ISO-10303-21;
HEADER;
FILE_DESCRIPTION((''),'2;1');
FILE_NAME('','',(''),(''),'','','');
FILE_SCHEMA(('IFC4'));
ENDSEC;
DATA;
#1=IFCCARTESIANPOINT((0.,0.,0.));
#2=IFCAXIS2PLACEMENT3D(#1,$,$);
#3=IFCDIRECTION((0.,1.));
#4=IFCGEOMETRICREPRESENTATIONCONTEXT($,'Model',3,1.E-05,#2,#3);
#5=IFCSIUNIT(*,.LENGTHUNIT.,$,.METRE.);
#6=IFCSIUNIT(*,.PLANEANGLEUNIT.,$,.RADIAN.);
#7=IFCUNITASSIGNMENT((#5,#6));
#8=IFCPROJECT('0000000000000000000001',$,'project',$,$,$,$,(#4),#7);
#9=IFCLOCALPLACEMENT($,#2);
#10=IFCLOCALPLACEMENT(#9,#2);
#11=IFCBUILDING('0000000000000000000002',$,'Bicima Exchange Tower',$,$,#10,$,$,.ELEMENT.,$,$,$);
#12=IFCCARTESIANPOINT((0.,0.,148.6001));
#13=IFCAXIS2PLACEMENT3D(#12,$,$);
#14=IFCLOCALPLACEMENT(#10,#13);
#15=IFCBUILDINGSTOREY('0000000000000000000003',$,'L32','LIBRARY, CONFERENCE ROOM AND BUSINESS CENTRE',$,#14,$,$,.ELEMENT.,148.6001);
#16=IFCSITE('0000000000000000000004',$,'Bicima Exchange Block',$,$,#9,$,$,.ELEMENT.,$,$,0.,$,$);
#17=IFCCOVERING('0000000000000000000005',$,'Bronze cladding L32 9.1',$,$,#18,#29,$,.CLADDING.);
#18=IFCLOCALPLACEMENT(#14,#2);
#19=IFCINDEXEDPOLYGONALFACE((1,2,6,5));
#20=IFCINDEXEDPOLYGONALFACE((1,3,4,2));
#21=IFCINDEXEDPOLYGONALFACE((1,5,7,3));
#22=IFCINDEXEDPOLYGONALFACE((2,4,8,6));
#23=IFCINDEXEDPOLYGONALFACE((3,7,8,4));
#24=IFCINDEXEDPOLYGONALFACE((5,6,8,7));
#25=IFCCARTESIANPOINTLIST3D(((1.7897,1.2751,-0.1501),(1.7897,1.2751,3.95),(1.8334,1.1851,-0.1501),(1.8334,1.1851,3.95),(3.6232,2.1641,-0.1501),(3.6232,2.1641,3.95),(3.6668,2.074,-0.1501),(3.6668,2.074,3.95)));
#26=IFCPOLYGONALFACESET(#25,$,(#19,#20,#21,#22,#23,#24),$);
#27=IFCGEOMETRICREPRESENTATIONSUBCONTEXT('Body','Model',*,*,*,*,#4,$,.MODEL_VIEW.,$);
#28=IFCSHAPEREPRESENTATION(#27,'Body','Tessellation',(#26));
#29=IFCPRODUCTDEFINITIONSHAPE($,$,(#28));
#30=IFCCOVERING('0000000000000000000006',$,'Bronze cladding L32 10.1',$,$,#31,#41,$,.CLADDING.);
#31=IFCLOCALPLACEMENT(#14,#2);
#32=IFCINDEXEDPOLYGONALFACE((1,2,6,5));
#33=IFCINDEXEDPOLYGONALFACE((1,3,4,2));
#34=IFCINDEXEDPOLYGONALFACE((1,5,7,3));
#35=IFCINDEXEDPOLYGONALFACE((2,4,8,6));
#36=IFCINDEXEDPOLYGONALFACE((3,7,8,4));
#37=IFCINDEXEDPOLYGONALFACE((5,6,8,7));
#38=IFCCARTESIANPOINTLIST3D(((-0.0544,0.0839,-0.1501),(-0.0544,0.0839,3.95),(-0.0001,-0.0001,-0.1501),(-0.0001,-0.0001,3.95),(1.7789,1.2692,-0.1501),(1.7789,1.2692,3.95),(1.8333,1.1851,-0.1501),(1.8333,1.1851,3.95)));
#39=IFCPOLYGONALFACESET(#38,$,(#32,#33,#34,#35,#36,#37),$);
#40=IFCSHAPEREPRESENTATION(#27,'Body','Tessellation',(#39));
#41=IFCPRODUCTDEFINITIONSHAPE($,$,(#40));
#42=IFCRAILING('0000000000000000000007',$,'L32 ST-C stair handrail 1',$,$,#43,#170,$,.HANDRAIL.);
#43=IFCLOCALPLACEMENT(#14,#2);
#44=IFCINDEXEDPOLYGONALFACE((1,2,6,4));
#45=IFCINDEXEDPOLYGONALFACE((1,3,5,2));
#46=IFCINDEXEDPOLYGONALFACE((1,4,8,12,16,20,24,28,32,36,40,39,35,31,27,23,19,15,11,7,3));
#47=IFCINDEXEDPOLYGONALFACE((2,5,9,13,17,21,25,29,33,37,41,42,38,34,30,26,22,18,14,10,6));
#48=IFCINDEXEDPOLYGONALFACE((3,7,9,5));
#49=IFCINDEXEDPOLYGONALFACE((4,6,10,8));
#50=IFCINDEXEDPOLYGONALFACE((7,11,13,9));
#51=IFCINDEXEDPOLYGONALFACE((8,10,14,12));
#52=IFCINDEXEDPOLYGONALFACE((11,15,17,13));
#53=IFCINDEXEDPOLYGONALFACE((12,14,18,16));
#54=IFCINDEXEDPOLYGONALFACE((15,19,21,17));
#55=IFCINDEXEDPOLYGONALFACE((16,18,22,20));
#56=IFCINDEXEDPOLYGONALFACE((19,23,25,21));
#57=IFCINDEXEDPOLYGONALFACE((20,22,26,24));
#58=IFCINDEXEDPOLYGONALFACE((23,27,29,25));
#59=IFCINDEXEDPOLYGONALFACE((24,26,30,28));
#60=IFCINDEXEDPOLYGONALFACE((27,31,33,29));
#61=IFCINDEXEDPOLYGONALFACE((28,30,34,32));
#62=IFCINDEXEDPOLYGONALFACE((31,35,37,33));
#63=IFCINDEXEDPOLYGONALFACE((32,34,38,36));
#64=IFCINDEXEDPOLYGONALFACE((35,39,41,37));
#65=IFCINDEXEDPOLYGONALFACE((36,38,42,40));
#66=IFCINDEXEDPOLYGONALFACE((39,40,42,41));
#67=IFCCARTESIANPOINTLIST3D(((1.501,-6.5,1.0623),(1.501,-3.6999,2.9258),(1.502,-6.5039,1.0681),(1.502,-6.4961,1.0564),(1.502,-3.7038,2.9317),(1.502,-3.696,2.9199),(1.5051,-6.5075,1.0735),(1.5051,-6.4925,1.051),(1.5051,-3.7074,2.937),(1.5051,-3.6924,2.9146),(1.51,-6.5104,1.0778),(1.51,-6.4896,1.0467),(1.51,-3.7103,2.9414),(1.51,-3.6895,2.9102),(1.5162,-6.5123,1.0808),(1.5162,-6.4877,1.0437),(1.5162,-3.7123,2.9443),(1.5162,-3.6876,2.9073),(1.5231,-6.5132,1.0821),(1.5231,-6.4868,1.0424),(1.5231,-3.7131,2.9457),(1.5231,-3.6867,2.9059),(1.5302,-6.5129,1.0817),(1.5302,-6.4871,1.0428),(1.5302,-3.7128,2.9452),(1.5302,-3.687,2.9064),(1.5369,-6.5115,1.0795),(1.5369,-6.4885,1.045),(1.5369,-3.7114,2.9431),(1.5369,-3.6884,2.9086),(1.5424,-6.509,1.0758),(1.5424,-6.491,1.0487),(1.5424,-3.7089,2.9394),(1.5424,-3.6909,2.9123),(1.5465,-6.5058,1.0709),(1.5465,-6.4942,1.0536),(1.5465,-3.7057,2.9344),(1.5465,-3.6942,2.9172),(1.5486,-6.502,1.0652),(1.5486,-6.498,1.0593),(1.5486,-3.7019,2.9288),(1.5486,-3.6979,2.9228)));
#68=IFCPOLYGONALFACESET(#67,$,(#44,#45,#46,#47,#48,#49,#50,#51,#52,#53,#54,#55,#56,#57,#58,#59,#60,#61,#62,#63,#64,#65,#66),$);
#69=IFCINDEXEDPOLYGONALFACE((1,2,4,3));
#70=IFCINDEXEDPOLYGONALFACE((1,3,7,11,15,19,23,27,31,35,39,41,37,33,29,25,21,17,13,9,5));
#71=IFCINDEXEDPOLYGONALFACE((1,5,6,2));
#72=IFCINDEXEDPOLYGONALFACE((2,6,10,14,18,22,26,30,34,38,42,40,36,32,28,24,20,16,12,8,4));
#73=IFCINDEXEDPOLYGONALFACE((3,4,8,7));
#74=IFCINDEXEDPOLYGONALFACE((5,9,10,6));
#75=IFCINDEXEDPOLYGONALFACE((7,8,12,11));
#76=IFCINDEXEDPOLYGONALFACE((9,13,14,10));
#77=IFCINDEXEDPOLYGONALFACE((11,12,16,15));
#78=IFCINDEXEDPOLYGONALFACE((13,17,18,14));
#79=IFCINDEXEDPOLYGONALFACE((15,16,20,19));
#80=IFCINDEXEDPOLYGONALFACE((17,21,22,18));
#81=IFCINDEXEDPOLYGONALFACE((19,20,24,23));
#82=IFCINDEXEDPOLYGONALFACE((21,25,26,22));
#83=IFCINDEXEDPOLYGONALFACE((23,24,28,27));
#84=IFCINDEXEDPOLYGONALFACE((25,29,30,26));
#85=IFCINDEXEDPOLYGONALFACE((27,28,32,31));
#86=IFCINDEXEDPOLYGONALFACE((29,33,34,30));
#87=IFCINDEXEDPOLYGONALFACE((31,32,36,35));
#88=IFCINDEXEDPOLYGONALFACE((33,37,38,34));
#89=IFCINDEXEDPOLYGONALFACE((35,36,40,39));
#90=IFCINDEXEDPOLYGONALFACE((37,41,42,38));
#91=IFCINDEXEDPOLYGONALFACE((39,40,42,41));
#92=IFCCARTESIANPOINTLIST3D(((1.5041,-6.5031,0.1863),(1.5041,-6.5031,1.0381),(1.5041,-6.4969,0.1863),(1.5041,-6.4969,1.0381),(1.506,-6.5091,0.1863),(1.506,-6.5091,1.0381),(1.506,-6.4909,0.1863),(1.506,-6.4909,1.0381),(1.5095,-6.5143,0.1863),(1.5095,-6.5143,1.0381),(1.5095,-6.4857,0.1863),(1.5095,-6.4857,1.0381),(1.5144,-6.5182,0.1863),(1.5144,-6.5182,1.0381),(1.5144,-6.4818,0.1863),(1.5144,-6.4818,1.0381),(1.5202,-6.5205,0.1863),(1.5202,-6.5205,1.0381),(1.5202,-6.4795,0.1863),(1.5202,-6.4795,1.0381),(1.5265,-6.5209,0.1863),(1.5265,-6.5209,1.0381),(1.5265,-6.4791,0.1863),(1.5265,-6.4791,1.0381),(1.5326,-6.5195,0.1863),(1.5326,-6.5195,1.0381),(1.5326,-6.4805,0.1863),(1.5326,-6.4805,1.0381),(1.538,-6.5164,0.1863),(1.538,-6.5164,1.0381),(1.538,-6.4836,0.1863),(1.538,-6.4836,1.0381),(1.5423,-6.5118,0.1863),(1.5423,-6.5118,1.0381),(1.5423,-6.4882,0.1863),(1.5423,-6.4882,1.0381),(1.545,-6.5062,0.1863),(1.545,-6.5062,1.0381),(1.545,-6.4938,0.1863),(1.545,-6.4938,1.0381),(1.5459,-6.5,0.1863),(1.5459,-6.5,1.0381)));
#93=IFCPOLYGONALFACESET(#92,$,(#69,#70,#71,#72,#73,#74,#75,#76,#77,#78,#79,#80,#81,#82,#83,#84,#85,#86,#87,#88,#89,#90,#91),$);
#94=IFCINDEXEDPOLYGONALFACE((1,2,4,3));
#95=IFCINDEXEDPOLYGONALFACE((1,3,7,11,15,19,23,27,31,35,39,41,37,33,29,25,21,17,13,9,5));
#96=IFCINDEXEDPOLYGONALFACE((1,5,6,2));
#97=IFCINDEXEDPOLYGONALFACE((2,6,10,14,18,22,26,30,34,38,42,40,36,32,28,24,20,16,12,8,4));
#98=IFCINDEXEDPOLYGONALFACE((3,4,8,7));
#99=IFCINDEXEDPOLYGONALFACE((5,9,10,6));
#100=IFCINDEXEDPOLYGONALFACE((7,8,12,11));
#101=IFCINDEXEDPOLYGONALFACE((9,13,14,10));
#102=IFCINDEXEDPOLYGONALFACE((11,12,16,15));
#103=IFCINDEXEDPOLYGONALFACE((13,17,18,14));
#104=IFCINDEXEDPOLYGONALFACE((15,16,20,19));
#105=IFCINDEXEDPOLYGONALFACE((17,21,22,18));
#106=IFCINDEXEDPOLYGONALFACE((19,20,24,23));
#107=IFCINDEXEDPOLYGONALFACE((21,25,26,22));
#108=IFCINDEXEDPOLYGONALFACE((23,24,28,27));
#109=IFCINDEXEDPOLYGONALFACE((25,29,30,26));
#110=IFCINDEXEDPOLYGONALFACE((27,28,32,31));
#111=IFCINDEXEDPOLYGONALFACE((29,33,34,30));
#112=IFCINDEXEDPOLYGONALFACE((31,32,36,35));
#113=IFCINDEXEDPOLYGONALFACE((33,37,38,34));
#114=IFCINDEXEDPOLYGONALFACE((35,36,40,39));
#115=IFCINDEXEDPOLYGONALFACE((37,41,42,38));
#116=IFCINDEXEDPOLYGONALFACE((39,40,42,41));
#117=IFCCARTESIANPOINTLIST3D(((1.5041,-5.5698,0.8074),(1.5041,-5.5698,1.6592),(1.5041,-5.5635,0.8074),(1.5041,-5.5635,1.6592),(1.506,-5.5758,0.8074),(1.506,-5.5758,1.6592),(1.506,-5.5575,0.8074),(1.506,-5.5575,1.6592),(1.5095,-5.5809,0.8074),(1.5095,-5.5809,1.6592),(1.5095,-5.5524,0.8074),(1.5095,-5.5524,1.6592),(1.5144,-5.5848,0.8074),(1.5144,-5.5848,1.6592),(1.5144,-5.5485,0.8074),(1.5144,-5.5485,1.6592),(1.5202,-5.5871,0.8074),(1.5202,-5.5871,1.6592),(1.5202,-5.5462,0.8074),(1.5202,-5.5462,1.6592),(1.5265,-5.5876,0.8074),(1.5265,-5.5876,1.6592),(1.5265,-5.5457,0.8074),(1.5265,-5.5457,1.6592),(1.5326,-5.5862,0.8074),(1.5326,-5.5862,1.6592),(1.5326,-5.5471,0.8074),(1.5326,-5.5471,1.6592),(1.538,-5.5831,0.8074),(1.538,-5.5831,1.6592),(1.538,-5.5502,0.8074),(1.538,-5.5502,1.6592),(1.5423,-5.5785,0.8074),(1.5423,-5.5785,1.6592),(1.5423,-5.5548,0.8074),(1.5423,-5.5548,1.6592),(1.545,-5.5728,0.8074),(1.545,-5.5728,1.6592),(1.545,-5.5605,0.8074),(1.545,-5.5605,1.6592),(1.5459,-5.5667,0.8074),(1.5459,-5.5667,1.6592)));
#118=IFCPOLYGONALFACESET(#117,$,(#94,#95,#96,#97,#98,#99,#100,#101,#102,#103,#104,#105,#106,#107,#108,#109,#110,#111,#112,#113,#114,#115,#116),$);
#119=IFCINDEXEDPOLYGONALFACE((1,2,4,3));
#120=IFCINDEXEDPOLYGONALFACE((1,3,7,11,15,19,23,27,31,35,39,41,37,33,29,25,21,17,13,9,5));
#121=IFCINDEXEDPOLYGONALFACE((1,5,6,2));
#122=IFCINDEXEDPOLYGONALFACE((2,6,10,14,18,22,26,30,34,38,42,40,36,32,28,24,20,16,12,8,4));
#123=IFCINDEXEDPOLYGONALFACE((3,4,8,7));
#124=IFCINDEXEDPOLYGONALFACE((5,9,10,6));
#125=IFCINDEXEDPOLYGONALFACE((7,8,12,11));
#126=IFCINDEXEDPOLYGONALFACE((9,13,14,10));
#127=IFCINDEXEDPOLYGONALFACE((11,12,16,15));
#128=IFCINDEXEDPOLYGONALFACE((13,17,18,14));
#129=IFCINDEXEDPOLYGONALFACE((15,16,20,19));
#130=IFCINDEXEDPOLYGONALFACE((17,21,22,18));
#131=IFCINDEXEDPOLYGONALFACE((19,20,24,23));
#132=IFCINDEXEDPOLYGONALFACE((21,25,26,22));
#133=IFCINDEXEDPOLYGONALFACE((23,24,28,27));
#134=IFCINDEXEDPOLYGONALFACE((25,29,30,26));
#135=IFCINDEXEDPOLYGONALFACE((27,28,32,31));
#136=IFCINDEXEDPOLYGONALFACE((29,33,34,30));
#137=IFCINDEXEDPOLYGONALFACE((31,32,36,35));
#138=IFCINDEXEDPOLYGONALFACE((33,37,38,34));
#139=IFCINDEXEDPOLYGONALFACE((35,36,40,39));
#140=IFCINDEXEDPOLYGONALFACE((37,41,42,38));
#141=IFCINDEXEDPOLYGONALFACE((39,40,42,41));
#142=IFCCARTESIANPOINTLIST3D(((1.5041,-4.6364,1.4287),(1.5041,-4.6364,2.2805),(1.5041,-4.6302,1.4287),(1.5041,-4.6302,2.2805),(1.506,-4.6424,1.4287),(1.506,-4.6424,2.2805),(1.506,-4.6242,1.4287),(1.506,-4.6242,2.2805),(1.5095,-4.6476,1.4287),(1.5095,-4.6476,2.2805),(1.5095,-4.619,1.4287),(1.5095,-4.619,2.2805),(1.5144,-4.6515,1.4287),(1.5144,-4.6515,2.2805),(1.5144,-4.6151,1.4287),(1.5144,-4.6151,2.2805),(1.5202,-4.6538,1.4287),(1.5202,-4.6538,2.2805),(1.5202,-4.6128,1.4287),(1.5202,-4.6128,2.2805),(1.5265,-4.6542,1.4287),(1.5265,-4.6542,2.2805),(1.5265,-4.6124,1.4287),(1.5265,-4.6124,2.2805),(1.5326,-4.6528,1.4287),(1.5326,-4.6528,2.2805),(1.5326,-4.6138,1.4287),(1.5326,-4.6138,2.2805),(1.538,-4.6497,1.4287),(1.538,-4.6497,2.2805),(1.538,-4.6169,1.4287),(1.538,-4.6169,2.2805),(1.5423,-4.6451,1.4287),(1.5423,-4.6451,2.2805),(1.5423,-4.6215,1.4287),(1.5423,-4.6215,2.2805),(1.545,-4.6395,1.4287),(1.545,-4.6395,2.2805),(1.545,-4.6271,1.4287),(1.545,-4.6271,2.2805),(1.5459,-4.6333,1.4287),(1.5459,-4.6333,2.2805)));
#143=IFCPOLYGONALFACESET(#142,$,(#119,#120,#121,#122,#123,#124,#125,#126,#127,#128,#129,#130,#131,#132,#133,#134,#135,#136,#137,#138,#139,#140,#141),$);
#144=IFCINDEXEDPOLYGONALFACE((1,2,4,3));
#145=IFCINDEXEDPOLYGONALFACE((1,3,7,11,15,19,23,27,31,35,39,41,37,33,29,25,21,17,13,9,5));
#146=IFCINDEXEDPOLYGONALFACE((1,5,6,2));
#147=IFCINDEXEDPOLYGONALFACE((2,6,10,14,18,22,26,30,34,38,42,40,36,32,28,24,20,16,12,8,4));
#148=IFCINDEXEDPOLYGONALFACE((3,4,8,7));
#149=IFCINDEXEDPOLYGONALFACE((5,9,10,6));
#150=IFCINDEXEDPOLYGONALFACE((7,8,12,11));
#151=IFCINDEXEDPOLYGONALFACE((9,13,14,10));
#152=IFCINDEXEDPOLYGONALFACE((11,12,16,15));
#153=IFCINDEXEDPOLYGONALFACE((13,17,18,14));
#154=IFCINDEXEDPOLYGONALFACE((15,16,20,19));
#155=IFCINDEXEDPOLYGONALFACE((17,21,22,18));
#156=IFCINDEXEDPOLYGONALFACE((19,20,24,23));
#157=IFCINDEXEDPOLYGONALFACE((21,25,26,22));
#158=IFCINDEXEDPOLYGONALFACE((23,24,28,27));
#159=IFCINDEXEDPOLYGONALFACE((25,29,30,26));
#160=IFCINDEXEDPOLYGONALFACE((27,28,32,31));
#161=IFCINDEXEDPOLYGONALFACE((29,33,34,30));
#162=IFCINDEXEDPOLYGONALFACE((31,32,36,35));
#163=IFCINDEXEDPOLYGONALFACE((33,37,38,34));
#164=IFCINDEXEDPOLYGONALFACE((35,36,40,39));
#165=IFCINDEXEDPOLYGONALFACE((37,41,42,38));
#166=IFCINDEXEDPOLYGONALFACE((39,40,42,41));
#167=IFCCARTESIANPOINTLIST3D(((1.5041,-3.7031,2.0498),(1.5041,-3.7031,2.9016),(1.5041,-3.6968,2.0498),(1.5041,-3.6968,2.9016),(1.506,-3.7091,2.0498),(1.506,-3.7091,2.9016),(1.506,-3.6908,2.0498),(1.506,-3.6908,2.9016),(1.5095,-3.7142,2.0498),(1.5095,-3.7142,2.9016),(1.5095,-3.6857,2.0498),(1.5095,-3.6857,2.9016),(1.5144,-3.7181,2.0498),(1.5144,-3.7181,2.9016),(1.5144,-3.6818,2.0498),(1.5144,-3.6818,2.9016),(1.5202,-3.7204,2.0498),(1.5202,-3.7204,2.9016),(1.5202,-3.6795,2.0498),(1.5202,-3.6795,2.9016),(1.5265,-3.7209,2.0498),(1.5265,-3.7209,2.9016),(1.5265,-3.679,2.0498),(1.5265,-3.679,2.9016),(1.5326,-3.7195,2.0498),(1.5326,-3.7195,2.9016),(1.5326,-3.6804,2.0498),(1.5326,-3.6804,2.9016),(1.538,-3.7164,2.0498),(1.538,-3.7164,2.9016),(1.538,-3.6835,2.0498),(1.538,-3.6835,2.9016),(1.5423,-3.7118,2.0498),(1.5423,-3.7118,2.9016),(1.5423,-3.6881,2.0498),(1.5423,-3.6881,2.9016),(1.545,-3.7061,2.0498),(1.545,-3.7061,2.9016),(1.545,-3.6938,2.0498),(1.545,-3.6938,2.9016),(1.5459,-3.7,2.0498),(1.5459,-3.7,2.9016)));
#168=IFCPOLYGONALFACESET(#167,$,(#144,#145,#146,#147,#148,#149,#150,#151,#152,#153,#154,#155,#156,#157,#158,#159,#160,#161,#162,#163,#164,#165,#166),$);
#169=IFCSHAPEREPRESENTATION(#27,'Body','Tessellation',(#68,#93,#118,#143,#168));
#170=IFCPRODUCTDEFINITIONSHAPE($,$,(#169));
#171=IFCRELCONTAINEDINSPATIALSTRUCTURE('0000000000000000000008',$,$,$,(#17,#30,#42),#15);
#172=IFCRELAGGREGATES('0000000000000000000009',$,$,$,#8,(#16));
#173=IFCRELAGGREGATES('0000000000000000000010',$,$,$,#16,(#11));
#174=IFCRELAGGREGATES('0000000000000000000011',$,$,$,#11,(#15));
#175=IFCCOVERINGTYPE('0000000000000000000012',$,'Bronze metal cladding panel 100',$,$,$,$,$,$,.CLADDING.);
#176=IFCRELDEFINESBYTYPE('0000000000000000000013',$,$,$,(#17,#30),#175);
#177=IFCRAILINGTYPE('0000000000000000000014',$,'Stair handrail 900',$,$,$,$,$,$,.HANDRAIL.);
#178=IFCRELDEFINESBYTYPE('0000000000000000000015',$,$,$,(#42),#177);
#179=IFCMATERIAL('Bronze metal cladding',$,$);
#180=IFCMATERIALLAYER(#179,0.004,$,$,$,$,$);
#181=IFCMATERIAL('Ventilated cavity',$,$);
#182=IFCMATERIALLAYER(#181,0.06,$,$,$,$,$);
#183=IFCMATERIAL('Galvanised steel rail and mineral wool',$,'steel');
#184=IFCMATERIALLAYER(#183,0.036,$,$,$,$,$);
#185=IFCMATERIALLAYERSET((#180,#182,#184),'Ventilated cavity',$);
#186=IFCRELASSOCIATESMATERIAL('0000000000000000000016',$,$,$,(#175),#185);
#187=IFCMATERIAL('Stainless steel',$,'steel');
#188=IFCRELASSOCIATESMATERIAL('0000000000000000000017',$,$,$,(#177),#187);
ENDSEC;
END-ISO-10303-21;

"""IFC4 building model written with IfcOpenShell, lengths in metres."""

from ifc_helpers import new_model, si_unit, direction, frame, origin, origin_2d, place, context, subcontext, project, spatial, rectangle, circle, extrude, material, layer, layer_set, type_object, element, save


model = new_model("IFC4")

# Units and contexts
model_context = context("Model", 3, precision=1e-05, world=origin(), true_north=direction((0.0, 1.0)))
body_context = subcontext(model_context, "Body", "Model", "MODEL_VIEW")
ifc_project = project(units=[si_unit("LENGTHUNIT", "METRE"), si_unit("PLANEANGLEUNIT", "RADIAN")], contexts=[model_context])

# Site, building, storey
site_placement = place(None, origin())
site = spatial("IfcSite", under=ifc_project, at=site_placement, Name="Bicima Exchange Block", CompositionType="ELEMENT", RefElevation=0.0)
building_placement = place(site_placement, origin())
building = spatial("IfcBuilding", under=site, at=building_placement, Name="Bicima Exchange Tower", CompositionType="ELEMENT")
storey_placement = place(building_placement, frame((0.0, 0.0, 148.6001)))
storey = spatial("IfcBuildingStorey", under=building, at=storey_placement, Name="L32", Description="LIBRARY, CONFERENCE ROOM AND BUSINESS CENTRE", CompositionType="ELEMENT", Elevation=148.6001)

# Shared definitions
ifc_material_1 = material(Name="Stainless steel", Category="steel")

# Coverings
ifc_material_2 = material(Name="Bronze metal cladding")
ifc_layer_1 = layer(ifc_material_2, 0.004)
ifc_material_3 = material(Name="Ventilated cavity")
ifc_layer_2 = layer(ifc_material_3, 0.06)
ifc_material_4 = material(Name="Galvanised steel rail and mineral wool", Category="steel")
ifc_layer_3 = layer(ifc_material_4, 0.036)
ifc_layer_set_1 = layer_set([ifc_layer_1, ifc_layer_2, ifc_layer_3], Name="Ventilated cavity")
covering_type = type_object("IfcCoveringType", Name="Bronze metal cladding panel 100", PredefinedType="CLADDING", material=ifc_layer_set_1)
covering_1_placement = place(storey_placement, frame((2.7283, 1.6746, -0.1501), z_axis=(0.0, 0.0, 1.0), x_axis=(-0.899818, -0.436265, 0.0)))
element("IfcCovering", 1, at=covering_1_placement, inside=storey, type_object=covering_type, Name="Bronze cladding L32 9.1", PredefinedType="CLADDING", context=body_context, shape_type="SweptSolid", body=[
    extrude(rectangle(XDim=2.0376, YDim=0.1001, at=origin_2d()), origin(), (0.0, 0.0, 1.0), 4.1001),
])
covering_2_placement = place(storey_placement, frame((0.8894, 0.6345, -0.1501), z_axis=(0.0, 0.0, 1.0), x_axis=(-0.83979, -0.542911, 0.0)))
element("IfcCovering", 2, at=covering_2_placement, inside=storey, type_object=covering_type, Name="Bronze cladding L32 10.1", PredefinedType="CLADDING", context=body_context, shape_type="SweptSolid", body=[
    extrude(rectangle(XDim=2.1831, YDim=0.1001, at=origin_2d()), origin(), (0.0, 0.0, 1.0), 4.1001),
])

# Railing
railing_type_1 = type_object("IfcRailingType", Name="Stair handrail 900", PredefinedType="HANDRAIL", material=ifc_material_1)
railing_1_placement = place(storey_placement, frame((1.5249, -6.5, 0.1863)))
element("IfcRailing", 3, at=railing_1_placement, inside=storey, type_object=railing_type_1, Name="L32 ST-C stair handrail 1", PredefinedType="HANDRAIL", context=body_context, shape_type="SweptSolid", body=[
    extrude(circle(Radius=0.0239, at=origin_2d()), frame((0.0, 0.0, 0.876), z_axis=(0.0, 0.832486, 0.554047), x_axis=(-1.0, 0.0, 0.0)), (0.0, 0.0, 1.0), 3.3635),
    extrude(circle(Radius=0.021, at=origin_2d()), origin(), (0.0, 0.0, 1.0), 0.8518),
    extrude(circle(Radius=0.021, at=origin_2d()), frame((0.0, 0.9333, 0.6211)), (0.0, 0.0, 1.0), 0.8518),
    extrude(circle(Radius=0.021, at=origin_2d()), frame((0.0, 1.8667, 1.2424)), (0.0, 0.0, 1.0), 0.8518),
    extrude(circle(Radius=0.021, at=origin_2d()), frame((0.0, 2.8, 1.8635)), (0.0, 0.0, 1.0), 0.8518),
])

save(model, "model.ifc")
